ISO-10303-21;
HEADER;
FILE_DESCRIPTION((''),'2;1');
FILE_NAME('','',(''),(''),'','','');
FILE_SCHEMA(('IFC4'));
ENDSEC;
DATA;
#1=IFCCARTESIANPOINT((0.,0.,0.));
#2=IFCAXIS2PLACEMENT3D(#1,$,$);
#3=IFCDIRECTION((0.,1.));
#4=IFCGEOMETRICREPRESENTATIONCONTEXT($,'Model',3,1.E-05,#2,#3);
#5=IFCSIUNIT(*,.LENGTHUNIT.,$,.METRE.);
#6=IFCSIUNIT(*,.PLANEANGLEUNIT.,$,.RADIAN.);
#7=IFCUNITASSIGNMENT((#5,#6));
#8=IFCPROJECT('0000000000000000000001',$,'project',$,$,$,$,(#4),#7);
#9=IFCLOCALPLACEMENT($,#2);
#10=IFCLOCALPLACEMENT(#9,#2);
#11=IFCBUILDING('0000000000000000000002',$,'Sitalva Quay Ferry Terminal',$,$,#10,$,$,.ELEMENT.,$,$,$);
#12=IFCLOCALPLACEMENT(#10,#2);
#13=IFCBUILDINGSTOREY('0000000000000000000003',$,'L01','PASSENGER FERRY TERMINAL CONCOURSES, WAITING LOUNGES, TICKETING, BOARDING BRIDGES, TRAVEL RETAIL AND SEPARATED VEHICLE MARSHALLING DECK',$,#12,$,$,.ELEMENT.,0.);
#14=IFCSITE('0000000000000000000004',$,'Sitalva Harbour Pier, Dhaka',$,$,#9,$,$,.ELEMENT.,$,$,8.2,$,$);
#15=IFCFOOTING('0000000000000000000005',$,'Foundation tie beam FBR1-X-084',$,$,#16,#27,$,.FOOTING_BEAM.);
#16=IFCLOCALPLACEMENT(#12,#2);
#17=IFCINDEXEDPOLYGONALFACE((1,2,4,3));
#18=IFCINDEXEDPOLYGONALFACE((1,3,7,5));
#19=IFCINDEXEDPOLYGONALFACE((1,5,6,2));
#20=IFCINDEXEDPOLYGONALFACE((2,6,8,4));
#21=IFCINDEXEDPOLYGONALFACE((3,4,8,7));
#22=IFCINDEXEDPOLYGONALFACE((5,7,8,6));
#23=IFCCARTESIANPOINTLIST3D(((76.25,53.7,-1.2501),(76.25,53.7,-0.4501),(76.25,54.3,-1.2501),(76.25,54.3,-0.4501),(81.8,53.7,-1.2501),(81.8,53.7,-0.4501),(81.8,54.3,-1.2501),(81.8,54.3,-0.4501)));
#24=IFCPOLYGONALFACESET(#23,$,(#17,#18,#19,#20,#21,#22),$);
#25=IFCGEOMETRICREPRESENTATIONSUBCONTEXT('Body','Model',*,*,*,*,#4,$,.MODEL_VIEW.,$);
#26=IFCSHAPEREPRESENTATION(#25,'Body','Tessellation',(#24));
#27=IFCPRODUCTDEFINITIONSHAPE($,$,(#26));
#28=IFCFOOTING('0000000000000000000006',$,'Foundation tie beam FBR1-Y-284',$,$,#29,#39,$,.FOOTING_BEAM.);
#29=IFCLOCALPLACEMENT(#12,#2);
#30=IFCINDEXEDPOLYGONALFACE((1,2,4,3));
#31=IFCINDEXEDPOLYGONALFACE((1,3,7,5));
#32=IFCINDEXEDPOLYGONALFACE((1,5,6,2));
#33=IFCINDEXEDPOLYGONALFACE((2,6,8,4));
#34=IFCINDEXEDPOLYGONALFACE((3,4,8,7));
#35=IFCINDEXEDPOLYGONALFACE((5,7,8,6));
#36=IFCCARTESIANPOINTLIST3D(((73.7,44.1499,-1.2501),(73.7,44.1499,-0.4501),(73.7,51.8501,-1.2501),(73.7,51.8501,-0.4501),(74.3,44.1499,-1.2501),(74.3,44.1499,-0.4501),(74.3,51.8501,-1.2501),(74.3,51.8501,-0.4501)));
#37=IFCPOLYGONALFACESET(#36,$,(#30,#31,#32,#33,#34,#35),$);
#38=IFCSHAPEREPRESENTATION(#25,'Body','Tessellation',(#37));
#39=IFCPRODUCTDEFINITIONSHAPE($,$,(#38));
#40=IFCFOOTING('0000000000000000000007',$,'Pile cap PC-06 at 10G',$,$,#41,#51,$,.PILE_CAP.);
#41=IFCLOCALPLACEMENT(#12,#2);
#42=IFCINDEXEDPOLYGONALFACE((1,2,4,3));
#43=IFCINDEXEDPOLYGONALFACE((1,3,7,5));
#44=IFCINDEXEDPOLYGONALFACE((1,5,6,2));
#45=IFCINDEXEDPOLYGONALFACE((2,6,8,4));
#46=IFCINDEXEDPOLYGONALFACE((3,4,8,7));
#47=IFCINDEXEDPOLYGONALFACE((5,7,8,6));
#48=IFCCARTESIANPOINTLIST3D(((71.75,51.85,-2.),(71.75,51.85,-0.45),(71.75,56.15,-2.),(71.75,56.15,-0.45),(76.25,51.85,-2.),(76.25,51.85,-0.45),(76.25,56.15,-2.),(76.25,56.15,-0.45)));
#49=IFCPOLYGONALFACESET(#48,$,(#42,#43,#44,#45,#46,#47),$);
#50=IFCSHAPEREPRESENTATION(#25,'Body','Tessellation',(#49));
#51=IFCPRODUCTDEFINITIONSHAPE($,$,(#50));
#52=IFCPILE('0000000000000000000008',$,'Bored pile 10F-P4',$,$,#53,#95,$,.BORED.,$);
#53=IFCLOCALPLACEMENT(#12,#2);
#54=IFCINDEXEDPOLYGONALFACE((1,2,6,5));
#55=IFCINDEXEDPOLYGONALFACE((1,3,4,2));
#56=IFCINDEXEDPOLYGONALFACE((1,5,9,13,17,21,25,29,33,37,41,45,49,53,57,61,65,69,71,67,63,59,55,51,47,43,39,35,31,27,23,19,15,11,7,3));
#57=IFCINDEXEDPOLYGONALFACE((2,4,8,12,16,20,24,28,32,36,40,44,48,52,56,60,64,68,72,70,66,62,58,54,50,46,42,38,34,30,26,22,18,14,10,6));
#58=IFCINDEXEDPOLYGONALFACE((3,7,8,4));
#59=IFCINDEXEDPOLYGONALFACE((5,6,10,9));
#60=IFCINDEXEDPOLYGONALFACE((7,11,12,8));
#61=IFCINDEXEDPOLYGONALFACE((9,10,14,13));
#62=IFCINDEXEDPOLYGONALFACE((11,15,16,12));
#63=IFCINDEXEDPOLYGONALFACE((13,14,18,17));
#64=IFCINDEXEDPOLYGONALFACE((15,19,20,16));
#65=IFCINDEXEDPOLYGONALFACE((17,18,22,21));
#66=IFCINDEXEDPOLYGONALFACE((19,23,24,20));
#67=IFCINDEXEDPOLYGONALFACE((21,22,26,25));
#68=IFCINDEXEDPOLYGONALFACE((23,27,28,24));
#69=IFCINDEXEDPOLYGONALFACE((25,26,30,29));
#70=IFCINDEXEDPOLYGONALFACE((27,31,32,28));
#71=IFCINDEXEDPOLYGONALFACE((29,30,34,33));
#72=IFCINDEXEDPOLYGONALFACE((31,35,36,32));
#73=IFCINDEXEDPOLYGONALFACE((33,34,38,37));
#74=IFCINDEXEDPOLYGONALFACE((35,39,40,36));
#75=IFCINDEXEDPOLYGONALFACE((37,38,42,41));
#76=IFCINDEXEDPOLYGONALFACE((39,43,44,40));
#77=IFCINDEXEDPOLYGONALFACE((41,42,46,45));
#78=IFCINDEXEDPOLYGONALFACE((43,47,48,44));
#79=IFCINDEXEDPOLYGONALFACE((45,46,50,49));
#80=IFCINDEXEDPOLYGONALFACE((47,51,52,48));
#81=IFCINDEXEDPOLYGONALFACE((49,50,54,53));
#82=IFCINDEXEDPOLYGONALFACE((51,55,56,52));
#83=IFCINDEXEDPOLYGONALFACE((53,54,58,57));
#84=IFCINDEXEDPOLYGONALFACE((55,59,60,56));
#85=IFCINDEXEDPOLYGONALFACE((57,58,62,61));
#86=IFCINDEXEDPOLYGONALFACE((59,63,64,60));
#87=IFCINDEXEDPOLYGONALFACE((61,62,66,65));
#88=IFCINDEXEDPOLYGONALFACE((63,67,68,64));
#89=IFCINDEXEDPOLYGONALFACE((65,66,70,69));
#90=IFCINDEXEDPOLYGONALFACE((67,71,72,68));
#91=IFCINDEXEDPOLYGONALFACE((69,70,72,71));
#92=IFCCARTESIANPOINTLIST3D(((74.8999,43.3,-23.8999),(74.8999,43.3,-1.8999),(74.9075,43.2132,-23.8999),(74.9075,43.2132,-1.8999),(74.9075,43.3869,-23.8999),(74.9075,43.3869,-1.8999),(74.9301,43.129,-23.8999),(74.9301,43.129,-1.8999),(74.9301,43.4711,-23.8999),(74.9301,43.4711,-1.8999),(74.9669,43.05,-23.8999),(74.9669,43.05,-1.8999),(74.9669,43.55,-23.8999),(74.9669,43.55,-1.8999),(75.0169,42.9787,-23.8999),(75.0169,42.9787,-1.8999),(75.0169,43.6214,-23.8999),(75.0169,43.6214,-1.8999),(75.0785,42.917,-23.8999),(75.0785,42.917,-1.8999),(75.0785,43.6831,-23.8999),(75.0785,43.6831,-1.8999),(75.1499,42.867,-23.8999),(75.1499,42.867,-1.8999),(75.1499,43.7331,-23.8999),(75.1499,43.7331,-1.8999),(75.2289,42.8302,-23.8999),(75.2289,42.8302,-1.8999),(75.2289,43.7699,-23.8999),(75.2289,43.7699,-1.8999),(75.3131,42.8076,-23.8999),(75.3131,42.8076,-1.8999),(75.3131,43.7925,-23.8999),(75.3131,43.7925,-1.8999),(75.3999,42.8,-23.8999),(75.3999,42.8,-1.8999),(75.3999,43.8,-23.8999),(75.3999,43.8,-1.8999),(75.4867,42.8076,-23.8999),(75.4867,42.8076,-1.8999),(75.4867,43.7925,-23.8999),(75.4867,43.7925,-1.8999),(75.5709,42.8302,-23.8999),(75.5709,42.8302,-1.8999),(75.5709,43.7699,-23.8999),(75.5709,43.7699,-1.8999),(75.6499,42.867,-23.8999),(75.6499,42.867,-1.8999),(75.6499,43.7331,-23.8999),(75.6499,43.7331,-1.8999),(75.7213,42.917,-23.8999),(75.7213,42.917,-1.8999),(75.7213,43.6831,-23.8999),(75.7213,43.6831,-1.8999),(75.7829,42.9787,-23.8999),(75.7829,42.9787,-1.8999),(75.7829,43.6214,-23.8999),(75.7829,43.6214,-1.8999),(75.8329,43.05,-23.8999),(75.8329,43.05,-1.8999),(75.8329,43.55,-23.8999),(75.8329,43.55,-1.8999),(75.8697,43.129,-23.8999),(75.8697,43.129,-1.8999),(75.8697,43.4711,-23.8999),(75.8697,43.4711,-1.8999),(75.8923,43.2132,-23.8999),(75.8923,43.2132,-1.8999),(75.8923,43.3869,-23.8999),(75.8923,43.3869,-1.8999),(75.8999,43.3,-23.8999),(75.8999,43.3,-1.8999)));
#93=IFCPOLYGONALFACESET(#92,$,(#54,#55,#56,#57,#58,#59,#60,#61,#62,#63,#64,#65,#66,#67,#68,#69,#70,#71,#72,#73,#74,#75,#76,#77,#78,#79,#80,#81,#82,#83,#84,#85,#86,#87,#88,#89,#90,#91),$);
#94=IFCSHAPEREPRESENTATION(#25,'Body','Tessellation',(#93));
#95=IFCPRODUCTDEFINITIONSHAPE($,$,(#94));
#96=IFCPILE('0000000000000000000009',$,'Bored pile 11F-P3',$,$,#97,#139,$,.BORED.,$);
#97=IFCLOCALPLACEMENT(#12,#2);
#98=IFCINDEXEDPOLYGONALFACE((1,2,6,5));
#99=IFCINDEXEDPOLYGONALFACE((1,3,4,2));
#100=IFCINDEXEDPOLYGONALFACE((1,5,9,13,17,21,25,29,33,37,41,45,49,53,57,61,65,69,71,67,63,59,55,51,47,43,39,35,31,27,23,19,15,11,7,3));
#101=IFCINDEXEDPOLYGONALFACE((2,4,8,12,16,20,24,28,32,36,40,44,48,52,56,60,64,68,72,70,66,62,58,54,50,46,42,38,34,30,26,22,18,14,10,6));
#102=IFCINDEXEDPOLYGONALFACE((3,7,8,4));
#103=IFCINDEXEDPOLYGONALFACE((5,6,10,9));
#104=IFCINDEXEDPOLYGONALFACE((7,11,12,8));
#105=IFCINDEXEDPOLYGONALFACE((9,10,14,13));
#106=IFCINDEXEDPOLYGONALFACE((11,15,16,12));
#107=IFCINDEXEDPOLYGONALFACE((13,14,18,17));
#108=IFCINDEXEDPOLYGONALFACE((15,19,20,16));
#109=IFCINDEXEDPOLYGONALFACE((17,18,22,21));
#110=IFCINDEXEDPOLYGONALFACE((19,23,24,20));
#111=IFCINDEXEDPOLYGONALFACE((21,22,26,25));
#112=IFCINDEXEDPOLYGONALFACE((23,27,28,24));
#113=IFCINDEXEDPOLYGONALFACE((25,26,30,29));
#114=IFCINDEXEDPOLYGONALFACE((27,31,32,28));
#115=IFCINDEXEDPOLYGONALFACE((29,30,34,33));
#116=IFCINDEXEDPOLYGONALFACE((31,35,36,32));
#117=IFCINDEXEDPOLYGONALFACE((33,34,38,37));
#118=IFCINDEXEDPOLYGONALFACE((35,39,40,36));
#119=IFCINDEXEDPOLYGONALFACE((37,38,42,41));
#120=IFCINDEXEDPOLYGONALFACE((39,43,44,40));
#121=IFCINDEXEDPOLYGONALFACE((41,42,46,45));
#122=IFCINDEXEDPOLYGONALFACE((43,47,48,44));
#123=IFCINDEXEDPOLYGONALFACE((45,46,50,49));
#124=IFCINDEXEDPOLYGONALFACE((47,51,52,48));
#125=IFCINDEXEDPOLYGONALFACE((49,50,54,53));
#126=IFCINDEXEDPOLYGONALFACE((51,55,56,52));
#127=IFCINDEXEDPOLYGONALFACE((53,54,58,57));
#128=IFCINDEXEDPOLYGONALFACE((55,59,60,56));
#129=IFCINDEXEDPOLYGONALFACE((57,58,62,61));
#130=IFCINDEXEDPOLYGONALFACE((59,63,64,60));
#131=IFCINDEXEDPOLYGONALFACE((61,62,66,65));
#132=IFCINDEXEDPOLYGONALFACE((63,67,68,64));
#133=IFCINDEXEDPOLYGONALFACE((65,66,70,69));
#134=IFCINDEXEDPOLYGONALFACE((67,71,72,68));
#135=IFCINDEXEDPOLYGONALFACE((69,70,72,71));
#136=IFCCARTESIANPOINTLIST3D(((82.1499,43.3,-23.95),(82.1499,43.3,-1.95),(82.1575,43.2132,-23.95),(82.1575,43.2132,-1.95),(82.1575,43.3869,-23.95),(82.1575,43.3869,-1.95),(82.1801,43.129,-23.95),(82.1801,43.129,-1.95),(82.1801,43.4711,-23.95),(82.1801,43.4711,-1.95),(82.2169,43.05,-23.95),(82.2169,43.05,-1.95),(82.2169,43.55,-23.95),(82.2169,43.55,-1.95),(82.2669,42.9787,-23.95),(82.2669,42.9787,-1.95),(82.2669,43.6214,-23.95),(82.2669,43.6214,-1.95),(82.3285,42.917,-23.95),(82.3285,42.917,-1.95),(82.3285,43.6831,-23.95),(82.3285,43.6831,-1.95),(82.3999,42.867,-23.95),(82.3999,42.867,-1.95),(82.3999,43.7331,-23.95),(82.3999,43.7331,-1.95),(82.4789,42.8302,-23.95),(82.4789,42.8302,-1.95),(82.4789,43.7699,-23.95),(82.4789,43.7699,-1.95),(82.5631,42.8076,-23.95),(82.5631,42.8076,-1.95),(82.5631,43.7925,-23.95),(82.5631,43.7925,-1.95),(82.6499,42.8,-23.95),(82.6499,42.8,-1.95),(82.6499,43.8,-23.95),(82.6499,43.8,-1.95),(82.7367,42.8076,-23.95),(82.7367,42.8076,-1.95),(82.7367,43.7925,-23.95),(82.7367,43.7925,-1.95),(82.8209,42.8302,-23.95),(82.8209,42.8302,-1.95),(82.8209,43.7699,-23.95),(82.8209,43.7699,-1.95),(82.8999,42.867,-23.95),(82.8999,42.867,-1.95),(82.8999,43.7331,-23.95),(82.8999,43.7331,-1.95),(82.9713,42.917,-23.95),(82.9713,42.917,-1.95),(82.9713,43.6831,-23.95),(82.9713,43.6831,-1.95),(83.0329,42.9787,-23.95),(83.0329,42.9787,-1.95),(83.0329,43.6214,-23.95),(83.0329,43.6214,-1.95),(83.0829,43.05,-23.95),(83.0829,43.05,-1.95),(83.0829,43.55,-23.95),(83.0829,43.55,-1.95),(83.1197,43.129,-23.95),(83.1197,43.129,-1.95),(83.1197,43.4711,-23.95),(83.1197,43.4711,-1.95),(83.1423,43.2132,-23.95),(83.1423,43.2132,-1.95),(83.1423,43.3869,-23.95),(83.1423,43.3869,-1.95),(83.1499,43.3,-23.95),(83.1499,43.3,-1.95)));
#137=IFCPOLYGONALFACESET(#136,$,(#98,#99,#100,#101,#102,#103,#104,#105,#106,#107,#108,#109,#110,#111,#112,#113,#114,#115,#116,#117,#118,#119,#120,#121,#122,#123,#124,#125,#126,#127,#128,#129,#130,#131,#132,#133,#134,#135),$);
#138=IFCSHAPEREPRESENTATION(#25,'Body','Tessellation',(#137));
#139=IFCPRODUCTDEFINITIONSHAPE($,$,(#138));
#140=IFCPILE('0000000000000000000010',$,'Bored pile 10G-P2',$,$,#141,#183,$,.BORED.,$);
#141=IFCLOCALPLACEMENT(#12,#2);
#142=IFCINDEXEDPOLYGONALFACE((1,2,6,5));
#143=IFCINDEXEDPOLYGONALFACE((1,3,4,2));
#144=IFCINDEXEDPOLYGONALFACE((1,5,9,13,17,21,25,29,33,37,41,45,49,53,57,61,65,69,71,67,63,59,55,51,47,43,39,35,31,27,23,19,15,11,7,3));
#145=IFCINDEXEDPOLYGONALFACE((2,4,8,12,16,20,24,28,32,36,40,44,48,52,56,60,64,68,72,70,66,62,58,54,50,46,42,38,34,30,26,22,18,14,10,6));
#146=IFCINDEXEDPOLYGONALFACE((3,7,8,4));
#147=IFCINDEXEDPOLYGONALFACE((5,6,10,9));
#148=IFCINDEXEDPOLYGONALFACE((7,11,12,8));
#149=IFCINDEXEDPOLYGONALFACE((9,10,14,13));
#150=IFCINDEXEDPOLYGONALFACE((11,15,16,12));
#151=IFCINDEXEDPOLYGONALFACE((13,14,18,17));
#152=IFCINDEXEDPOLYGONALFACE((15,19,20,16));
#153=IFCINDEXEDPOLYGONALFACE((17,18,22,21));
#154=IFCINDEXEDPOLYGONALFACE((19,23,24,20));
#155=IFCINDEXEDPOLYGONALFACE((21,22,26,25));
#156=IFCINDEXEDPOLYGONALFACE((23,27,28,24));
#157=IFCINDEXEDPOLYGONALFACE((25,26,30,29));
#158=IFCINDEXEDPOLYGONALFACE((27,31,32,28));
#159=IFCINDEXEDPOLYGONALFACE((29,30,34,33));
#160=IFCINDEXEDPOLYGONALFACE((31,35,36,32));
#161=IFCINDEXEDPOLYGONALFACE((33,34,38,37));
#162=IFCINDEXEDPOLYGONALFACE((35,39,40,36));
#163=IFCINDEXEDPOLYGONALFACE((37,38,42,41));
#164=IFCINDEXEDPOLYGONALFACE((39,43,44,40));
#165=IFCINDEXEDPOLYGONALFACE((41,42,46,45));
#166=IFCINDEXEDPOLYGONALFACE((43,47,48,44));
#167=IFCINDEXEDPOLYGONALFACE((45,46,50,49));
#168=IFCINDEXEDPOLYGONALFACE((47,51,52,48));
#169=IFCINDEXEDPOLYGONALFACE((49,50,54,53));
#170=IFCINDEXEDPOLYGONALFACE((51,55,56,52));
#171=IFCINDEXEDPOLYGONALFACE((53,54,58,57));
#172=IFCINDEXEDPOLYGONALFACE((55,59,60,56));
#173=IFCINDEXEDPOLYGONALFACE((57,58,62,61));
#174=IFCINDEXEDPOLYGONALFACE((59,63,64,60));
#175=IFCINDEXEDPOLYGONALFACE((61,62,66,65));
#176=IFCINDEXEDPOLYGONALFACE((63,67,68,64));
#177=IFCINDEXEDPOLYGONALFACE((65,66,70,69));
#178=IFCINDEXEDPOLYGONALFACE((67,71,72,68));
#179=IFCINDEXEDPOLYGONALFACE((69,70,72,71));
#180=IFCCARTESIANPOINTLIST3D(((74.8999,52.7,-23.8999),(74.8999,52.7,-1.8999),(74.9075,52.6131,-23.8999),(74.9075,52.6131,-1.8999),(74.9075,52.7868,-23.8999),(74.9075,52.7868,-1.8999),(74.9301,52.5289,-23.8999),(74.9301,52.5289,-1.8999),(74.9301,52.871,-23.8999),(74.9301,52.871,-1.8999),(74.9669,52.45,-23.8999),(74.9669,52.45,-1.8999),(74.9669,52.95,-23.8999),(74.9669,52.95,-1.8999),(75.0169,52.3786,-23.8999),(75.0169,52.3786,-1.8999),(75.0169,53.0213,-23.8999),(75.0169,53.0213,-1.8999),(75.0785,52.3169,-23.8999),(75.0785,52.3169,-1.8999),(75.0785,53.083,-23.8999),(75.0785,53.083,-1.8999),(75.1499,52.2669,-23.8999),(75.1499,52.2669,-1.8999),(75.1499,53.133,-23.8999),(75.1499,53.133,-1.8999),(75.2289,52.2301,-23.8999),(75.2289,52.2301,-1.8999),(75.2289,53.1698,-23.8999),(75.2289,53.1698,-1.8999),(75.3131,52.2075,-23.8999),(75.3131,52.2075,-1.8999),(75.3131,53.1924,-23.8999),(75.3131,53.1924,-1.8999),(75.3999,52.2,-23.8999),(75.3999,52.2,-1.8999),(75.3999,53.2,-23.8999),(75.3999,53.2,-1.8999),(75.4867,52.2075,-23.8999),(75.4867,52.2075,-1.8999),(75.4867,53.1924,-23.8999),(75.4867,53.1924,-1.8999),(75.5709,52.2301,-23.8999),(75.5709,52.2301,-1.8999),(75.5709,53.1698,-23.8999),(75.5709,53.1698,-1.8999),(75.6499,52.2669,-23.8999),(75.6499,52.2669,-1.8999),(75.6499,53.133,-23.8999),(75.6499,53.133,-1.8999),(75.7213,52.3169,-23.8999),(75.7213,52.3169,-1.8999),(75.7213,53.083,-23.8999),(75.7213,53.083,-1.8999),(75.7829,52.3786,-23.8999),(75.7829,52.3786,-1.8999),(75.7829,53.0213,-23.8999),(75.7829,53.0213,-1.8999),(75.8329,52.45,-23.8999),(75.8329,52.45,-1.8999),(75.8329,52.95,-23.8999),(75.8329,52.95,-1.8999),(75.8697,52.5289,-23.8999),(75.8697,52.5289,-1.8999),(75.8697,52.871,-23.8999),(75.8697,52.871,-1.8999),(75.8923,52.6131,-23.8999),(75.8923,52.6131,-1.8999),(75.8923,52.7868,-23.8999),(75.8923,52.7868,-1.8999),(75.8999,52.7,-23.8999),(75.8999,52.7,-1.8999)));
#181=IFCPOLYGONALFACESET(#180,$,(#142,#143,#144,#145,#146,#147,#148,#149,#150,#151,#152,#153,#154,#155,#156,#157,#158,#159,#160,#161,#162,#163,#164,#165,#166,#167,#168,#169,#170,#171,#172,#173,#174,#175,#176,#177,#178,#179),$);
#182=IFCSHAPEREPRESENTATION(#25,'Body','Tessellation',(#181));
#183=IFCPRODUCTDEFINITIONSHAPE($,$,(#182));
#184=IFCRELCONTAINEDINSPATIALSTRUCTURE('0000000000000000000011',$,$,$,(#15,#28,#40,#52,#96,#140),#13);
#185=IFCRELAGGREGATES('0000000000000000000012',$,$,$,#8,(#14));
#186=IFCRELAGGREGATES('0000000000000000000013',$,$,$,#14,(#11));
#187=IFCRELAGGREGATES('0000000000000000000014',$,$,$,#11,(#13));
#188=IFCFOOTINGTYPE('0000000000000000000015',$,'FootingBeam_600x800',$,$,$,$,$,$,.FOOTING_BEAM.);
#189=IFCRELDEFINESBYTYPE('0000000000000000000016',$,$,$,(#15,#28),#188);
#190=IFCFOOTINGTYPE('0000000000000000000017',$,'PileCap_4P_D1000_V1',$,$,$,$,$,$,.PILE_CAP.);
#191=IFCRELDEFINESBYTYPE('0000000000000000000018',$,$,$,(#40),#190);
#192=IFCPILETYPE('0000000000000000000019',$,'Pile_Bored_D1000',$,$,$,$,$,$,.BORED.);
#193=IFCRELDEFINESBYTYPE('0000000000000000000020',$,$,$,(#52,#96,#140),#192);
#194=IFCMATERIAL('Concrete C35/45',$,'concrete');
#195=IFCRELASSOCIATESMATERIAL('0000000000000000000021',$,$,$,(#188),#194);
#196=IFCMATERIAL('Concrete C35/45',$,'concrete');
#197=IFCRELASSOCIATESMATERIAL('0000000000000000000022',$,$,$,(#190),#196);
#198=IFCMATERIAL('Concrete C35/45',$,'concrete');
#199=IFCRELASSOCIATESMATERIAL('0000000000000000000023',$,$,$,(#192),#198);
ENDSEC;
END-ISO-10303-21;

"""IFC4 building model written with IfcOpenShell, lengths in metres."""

from ifc_helpers import new_model, si_unit, direction, frame, origin, origin_2d, place, context, subcontext, project, spatial, rectangle, circle, extrude, material, material_profile, profile_set, type_object, element, save


model = new_model("IFC4")

# Units and contexts
model_context = context("Model", 3, precision=1e-05, world=origin(), true_north=direction((0.0, 1.0)))
body_context = subcontext(model_context, "Body", "Model", "MODEL_VIEW")
ifc_project = project(units=[si_unit("LENGTHUNIT", "METRE"), si_unit("PLANEANGLEUNIT", "RADIAN")], contexts=[model_context])

# Site, building, storey
site_placement = place(None, origin())
site = spatial("IfcSite", under=ifc_project, at=site_placement, Name="Sitalva Harbour Pier, Dhaka", CompositionType="ELEMENT", RefElevation=8.2)
building_placement = place(site_placement, origin())
building = spatial("IfcBuilding", under=site, at=building_placement, Name="Sitalva Quay Ferry Terminal", CompositionType="ELEMENT")
storey_placement = place(building_placement, origin())
storey = spatial("IfcBuildingStorey", under=building, at=storey_placement, Name="L01", Description="PASSENGER FERRY TERMINAL CONCOURSES, WAITING LOUNGES, TICKETING, BOARDING BRIDGES, TRAVEL RETAIL AND SEPARATED VEHICLE MARSHALLING DECK", CompositionType="ELEMENT", Elevation=0.0)

# Footings
ifc_material_1 = material(Name="Concrete C35/45", Category="concrete")
ifc_material_profile_1 = material_profile(ifc_material_1, rectangle(XDim=0.6001, YDim=0.8, at=origin_2d()), Name="RC600x800")
ifc_profile_set_1 = profile_set([ifc_material_profile_1], Name="Concrete C35/45")
footing_type_1 = type_object("IfcFootingType", Name="FootingBeam_600x800", PredefinedType="FOOTING_BEAM", material=ifc_profile_set_1)
footing_1_placement = place(storey_placement, frame((76.25, 54.0, -0.8501), z_axis=(1.0, 0.0, 0.0), x_axis=(0.0, 1.0, 0.0)))
element("IfcFooting", 1, at=footing_1_placement, inside=storey, type_object=footing_type_1, Name="Foundation tie beam FBR1-X-084", PredefinedType="FOOTING_BEAM", context=body_context, shape_type="SweptSolid", body=[
    extrude(rectangle(XDim=0.6001, YDim=0.8, at=origin_2d()), origin(), (0.0, 0.0, 1.0), 5.55),
])
footing_2_placement = place(storey_placement, frame((74.0, 44.1499, -0.8501), z_axis=(0.0, 1.0, 0.0), x_axis=(-1.0, 0.0, 0.0)))
element("IfcFooting", 2, at=footing_2_placement, inside=storey, type_object=footing_type_1, Name="Foundation tie beam FBR1-Y-284", PredefinedType="FOOTING_BEAM", context=body_context, shape_type="SweptSolid", body=[
    extrude(rectangle(XDim=0.6001, YDim=0.8, at=origin_2d()), origin(), (0.0, 0.0, 1.0), 7.7002),
])
ifc_material_2 = material(Name="Concrete C35/45", Category="concrete")
footing_type_2 = type_object("IfcFootingType", Name="PileCap_4P_D1000_V1", PredefinedType="PILE_CAP", material=ifc_material_2)
footing_3_placement = place(storey_placement, frame((74.0, 54.0, -2.0), z_axis=(0.0, 0.0, 1.0), x_axis=(1.0, 0.0, 0.0)))
element("IfcFooting", 3, at=footing_3_placement, inside=storey, type_object=footing_type_2, Name="Pile cap PC-06 at 10G", PredefinedType="PILE_CAP", context=body_context, shape_type="SweptSolid", body=[
    extrude(rectangle(XDim=4.5, YDim=4.3, at=origin_2d()), origin(), (0.0, 0.0, 1.0), 1.55),
])

# Piles
ifc_material_3 = material(Name="Concrete C35/45", Category="concrete")
ifc_material_profile_2 = material_profile(ifc_material_3, circle(Radius=0.5, at=origin_2d()), Name="PILE-D1000")
ifc_profile_set_2 = profile_set([ifc_material_profile_2], Name="Concrete C35/45")
pile_type = type_object("IfcPileType", Name="Pile_Bored_D1000", PredefinedType="BORED", material=ifc_profile_set_2)
for number, where, z_axis, x_axis, name in (
    (4, (75.3999, 43.3, -1.8999), (0.0, 0.0, -1.0), (1.0, 0.0, 0.0), "Bored pile 10F-P4"),
    (5, (82.6499, 43.3, -1.95), (0.0, 0.0, -1.0), (1.0, 0.0, 0.0), "Bored pile 11F-P3"),
    (6, (75.3999, 52.7, -1.8999), (0.0, 0.0, -1.0), (1.0, 0.0, 0.0), "Bored pile 10G-P2"),
):
    element("IfcPile", number, at=place(storey_placement, frame(where, z_axis=z_axis, x_axis=x_axis)), inside=storey, type_object=pile_type, Name=name, PredefinedType="BORED", context=body_context, shape_type="SweptSolid", body=[
        extrude(circle(Radius=0.5, at=origin_2d()), origin(), (0.0, 0.0, 1.0), 22.0),
    ])

save(model, "model.ifc")
